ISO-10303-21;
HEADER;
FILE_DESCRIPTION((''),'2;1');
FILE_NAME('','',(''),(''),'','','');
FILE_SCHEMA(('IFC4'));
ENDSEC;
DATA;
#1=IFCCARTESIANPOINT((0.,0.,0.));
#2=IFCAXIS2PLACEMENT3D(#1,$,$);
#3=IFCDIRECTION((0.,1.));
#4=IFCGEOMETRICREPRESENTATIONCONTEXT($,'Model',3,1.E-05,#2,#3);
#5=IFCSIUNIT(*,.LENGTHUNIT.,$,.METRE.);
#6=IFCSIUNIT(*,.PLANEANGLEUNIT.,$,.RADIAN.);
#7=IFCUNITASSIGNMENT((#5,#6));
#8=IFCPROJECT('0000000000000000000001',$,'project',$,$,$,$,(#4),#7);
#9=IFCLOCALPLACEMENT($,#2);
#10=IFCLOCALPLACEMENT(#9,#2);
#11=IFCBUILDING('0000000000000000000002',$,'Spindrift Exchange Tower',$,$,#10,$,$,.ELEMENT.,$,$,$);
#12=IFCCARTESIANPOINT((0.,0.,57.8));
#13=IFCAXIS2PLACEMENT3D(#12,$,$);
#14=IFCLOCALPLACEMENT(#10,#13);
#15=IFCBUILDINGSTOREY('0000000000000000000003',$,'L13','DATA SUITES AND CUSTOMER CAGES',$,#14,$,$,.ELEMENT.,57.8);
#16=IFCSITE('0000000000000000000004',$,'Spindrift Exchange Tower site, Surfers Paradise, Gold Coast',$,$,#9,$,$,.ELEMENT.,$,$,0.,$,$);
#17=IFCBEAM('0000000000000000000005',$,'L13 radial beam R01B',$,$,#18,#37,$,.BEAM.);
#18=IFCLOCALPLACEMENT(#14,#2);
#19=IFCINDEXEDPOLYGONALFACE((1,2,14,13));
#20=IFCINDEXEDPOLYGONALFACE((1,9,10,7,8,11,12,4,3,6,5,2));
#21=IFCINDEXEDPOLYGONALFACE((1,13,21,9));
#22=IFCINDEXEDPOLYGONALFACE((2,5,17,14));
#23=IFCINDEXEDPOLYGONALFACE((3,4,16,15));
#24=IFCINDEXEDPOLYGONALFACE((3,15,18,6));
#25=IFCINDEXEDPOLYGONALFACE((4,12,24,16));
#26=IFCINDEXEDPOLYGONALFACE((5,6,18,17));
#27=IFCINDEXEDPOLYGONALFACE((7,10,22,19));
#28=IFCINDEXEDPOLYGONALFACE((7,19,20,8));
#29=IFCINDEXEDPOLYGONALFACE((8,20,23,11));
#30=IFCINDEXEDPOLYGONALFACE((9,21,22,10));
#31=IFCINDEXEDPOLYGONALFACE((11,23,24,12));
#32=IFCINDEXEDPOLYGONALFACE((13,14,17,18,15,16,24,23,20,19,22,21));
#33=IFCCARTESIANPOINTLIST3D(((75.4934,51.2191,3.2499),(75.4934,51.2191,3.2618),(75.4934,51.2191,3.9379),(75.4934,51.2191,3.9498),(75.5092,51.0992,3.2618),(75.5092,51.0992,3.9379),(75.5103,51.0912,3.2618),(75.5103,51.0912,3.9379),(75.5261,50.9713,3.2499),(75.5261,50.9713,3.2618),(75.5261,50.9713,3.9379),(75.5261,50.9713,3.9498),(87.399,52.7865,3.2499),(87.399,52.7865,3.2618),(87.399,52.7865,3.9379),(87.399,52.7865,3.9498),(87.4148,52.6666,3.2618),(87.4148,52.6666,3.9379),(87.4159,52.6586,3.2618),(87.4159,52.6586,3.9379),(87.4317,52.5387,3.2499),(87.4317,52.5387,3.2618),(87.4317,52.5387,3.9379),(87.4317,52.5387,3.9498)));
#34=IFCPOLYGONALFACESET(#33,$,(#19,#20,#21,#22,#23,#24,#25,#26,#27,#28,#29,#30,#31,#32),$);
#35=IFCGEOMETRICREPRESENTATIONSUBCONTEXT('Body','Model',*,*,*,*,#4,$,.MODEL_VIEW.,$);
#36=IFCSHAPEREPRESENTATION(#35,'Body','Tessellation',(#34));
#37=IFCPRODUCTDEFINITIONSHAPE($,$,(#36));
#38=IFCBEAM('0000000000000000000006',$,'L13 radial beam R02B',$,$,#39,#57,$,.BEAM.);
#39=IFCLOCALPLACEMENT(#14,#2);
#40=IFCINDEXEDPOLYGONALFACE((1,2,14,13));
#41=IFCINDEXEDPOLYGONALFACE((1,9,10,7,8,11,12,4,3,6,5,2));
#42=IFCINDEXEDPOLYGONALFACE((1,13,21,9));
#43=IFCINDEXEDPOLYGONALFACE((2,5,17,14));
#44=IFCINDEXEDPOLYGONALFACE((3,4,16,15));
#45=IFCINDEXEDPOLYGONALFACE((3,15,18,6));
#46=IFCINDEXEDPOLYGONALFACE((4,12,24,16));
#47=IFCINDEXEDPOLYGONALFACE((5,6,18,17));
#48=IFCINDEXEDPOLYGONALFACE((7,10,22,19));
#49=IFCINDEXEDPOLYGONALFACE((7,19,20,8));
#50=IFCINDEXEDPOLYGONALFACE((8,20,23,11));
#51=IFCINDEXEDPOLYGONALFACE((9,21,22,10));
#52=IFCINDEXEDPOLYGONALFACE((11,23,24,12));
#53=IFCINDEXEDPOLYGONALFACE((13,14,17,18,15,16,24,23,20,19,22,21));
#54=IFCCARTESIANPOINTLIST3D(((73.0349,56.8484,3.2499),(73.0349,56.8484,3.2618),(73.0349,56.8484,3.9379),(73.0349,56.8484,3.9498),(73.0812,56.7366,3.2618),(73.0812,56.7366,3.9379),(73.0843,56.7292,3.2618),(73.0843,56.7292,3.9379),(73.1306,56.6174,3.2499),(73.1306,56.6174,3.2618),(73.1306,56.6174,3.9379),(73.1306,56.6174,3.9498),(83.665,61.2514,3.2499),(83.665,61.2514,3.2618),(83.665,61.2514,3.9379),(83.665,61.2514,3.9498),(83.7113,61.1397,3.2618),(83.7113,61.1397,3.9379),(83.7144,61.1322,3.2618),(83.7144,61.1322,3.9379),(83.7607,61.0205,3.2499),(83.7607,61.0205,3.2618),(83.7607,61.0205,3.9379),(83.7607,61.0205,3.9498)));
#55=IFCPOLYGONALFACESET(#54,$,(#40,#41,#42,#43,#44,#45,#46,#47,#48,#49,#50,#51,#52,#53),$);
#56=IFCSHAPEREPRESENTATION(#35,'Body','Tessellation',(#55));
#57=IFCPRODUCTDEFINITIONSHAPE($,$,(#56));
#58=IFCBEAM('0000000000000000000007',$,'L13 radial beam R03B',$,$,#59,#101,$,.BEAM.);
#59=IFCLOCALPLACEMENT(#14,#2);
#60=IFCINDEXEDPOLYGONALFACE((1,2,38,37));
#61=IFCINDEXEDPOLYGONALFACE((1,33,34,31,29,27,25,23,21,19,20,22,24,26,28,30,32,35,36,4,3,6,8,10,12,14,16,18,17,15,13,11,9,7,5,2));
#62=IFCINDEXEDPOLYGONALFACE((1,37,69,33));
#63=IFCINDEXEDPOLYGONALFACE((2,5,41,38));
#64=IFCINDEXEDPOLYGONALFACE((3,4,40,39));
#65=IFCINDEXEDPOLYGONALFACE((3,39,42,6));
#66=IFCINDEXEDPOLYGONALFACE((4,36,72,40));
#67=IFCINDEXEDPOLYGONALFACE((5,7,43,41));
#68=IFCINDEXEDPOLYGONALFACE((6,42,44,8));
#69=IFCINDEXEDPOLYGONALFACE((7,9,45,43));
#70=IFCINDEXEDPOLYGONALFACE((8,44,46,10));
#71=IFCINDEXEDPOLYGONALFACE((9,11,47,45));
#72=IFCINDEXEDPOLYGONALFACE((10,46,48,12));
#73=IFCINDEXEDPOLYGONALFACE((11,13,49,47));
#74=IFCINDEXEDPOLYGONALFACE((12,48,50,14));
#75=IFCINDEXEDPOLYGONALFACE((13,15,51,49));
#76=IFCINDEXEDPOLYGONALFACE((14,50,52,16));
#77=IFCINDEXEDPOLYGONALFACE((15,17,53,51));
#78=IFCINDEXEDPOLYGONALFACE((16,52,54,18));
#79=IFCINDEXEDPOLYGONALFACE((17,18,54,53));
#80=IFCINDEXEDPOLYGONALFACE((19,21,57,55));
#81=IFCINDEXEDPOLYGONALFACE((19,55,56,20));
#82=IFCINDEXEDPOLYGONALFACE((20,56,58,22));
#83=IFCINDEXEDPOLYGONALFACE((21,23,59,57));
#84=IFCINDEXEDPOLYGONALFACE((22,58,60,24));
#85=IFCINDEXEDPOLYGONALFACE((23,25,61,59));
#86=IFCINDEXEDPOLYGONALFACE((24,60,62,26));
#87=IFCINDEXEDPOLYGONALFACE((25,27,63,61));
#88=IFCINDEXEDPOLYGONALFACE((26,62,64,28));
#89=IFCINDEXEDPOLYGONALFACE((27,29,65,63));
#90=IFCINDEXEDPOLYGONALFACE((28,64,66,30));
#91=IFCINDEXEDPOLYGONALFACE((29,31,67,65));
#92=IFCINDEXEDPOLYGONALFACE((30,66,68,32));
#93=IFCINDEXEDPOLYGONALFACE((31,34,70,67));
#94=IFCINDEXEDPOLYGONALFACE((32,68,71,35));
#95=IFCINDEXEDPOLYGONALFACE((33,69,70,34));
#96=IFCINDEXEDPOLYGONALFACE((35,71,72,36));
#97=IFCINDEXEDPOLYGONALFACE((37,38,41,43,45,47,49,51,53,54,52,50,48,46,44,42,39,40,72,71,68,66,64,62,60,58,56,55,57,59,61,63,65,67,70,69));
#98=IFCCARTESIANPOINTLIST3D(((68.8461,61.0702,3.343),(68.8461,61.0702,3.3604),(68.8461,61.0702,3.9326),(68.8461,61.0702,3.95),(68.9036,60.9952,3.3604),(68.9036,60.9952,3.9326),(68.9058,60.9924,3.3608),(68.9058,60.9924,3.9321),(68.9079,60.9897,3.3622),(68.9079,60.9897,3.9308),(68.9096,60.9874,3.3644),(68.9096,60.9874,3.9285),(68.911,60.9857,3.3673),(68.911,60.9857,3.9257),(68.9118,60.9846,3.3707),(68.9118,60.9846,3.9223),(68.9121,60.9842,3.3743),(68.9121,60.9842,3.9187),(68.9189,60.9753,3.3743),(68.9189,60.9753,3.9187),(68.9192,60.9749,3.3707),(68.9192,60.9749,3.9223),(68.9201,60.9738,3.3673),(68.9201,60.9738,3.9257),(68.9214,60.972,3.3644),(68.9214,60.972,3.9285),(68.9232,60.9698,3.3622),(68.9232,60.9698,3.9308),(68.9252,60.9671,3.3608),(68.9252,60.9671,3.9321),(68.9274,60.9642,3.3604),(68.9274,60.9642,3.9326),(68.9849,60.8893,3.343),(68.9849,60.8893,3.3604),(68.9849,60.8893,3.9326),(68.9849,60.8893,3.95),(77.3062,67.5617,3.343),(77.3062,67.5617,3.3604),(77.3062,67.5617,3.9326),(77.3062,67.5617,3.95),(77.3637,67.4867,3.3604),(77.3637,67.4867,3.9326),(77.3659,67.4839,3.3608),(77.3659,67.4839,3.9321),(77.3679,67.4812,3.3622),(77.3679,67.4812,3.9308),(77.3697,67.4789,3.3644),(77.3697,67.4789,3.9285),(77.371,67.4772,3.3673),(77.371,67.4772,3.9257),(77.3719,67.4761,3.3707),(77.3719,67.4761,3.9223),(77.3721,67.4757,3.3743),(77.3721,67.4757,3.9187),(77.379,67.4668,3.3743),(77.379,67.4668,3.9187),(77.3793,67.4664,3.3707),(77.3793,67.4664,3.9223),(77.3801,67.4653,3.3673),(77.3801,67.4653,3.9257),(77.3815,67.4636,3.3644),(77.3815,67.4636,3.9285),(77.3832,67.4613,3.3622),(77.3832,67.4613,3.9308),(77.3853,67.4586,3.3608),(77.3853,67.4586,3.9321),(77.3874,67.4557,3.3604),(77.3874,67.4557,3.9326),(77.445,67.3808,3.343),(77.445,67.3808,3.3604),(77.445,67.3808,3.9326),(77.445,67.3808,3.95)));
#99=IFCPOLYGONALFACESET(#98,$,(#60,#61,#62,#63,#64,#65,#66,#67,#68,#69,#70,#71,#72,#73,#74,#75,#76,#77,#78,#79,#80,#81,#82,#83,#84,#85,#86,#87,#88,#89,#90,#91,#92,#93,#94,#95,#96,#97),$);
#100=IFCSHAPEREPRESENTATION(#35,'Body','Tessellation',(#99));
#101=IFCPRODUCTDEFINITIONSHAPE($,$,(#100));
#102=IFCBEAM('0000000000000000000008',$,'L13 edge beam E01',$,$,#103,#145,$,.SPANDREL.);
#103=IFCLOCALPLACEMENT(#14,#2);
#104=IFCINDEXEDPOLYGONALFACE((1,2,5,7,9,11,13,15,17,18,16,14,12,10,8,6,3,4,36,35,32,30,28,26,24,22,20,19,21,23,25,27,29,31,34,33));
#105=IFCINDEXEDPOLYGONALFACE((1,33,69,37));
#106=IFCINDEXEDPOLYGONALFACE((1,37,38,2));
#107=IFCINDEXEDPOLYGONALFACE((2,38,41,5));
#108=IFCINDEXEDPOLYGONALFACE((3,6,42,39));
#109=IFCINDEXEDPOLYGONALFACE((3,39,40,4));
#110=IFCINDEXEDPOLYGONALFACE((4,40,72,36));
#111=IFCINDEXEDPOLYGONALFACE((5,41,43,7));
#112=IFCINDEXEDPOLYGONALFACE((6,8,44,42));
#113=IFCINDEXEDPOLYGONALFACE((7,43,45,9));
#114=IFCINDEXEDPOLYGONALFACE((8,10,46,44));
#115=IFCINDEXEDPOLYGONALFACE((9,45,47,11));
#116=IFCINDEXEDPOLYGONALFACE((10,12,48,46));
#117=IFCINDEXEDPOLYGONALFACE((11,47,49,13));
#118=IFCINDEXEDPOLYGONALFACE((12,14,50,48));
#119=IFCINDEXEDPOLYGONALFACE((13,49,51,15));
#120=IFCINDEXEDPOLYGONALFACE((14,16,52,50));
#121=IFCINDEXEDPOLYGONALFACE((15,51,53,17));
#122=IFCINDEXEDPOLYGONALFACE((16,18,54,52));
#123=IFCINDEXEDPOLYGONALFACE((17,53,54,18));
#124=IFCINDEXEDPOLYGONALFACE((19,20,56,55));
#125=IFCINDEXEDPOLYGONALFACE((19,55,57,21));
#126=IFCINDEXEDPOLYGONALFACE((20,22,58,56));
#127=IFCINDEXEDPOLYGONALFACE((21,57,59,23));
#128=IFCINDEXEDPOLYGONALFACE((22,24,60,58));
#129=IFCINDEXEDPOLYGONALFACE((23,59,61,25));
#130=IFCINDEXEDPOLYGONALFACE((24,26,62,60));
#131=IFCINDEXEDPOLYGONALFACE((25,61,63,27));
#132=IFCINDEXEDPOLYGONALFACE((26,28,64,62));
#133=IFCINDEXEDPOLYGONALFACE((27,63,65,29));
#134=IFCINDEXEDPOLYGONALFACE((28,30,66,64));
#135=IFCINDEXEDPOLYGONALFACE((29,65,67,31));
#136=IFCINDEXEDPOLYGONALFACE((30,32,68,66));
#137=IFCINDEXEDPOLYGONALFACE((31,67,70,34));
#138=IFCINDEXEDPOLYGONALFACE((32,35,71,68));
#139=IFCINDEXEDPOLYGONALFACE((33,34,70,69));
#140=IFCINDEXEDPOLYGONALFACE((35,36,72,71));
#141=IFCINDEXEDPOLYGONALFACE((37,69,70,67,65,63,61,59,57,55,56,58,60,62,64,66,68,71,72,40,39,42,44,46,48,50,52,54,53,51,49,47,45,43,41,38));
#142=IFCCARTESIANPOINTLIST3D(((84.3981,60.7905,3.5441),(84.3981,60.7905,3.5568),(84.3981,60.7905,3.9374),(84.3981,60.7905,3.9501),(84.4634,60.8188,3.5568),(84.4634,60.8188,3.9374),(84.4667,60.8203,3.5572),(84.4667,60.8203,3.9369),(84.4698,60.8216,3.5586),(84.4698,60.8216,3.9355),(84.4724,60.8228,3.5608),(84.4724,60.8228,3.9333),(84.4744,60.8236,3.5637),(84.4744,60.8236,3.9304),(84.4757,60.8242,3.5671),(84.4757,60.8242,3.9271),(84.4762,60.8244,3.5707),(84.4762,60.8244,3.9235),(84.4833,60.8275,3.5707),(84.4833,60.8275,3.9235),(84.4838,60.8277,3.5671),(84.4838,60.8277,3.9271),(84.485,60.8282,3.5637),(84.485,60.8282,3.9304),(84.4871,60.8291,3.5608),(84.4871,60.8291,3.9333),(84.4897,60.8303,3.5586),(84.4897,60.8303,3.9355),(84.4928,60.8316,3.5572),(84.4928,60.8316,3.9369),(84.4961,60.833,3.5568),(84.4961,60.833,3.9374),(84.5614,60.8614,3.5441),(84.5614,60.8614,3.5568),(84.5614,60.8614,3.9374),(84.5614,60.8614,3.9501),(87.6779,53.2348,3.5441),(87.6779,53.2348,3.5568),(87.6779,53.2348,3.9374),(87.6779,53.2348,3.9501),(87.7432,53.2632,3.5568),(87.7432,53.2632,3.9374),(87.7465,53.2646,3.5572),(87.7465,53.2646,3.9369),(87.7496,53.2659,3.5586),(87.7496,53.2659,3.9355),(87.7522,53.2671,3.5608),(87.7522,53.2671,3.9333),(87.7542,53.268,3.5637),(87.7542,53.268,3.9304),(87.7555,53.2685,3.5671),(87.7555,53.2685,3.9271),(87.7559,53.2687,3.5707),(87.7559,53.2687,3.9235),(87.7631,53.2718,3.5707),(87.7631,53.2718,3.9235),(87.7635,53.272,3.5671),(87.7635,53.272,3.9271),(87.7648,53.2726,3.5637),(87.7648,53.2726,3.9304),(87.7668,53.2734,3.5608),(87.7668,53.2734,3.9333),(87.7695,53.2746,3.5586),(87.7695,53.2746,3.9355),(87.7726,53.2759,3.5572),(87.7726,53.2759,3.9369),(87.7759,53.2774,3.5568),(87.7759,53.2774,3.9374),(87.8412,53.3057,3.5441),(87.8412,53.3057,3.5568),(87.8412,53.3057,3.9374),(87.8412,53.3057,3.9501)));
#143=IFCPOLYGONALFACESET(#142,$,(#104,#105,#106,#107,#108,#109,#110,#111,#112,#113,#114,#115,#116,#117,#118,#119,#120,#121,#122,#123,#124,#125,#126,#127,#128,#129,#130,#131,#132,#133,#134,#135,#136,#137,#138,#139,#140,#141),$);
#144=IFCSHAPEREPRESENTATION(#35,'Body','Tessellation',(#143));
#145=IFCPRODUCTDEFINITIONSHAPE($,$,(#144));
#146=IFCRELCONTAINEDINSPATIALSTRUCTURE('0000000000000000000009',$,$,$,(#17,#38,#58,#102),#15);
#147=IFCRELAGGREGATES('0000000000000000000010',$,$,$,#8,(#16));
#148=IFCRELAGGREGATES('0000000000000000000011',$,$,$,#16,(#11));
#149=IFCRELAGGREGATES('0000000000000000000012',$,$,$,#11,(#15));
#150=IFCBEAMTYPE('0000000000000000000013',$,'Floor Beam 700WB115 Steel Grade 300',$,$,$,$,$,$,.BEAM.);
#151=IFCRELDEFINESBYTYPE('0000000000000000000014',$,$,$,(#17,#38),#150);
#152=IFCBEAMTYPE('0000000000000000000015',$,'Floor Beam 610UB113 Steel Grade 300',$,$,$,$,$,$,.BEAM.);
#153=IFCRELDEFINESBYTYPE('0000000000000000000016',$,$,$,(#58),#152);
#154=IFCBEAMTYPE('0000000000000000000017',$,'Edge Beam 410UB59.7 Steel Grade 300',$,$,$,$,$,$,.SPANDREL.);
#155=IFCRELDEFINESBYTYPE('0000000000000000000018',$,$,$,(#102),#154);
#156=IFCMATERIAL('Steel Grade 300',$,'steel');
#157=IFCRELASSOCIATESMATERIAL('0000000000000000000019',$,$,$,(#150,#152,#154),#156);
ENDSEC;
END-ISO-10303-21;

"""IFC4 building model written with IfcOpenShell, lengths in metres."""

from ifc_helpers import new_model, si_unit, direction, frame, origin, origin_2d, place, context, subcontext, project, spatial, i_section, extrude, source, transform, mapped, material, material_profile, profile_set, type_object, element, save


model = new_model("IFC4")

# Units and contexts
model_context = context("Model", 3, precision=1e-05, world=origin(), true_north=direction((0.0, 1.0)))
body_context = subcontext(model_context, "Body", "Model", "MODEL_VIEW")
ifc_project = project(units=[si_unit("LENGTHUNIT", "METRE"), si_unit("PLANEANGLEUNIT", "RADIAN")], contexts=[model_context])

# Site, building, storey
site_placement = place(None, origin())
site = spatial("IfcSite", under=ifc_project, at=site_placement, Name="Spindrift Exchange Tower site, Surfers Paradise, Gold Coast", CompositionType="ELEMENT", RefElevation=0.0)
building_placement = place(site_placement, origin())
building = spatial("IfcBuilding", under=site, at=building_placement, Name="Spindrift Exchange Tower", CompositionType="ELEMENT")
storey_placement = place(building_placement, frame((0.0, 0.0, 57.8)))
storey = spatial("IfcBuildingStorey", under=building, at=storey_placement, Name="L13", Description="DATA SUITES AND CUSTOMER CAGES", CompositionType="ELEMENT", Elevation=57.8)

# Beams
ifc_material_1 = material(Name="Steel Grade 300", Category="steel")
ifc_material_profile_1 = material_profile(ifc_material_1, i_section(OverallWidth=0.25, OverallDepth=0.7, WebThickness=0.0081, FlangeThickness=0.012, at=origin_2d()), Name="700WB115")
ifc_profile_set_1 = profile_set([ifc_material_profile_1], Name="Steel Grade 300")
beam_type_1 = type_object("IfcBeamType", Name="Floor Beam 700WB115 Steel Grade 300", PredefinedType="BEAM", material=ifc_profile_set_1)
shared_shape_1 = source(origin(), body_context, "Body", "SweptSolid", [
    extrude(i_section(OverallWidth=0.25, OverallDepth=0.7, WebThickness=0.0081, FlangeThickness=0.012, at=origin_2d()), origin(), (0.0, 0.0, 1.0), 12.0083),
])
beam_1_placement = place(storey_placement, frame((75.5098, 51.0952, 3.5999), z_axis=(0.991445, 0.130526, 0.0), x_axis=(-0.130526, 0.991445, 0.0)))
element("IfcBeam", 1, at=beam_1_placement, inside=storey, type_object=beam_type_1, Name="L13 radial beam R01B", PredefinedType="BEAM", context=body_context, shape_type="MappedRepresentation", body=[
    mapped(shared_shape_1, transform((0.0, 0.0, 0.0), scale=1.0)),
])
shared_shape_2 = source(origin(), body_context, "Body", "SweptSolid", [
    extrude(i_section(OverallWidth=0.25, OverallDepth=0.7, WebThickness=0.0081, FlangeThickness=0.012, at=origin_2d()), origin(), (0.0, 0.0, 1.0), 11.5059),
])
beam_2_placement = place(storey_placement, frame((73.0828, 56.7329, 3.5999), z_axis=(0.923882, 0.382678, 0.0), x_axis=(-0.382678, 0.923882, 0.0)))
element("IfcBeam", 2, at=beam_2_placement, inside=storey, type_object=beam_type_1, Name="L13 radial beam R02B", PredefinedType="BEAM", context=body_context, shape_type="MappedRepresentation", body=[
    mapped(shared_shape_2, transform((0.0, 0.0, 0.0), scale=1.0)),
])
ifc_material_profile_2 = material_profile(ifc_material_1, i_section(OverallWidth=0.228, OverallDepth=0.6069, WebThickness=0.0112, FlangeThickness=0.0173, FilletRadius=0.0139, at=origin_2d()), Name="610UB113")
ifc_profile_set_2 = profile_set([ifc_material_profile_2], Name="Steel Grade 300")
beam_type_2 = type_object("IfcBeamType", Name="Floor Beam 610UB113 Steel Grade 300", PredefinedType="BEAM", material=ifc_profile_set_2)
shared_shape_3 = source(origin(), body_context, "Body", "SweptSolid", [
    extrude(i_section(OverallWidth=0.228, OverallDepth=0.6069, WebThickness=0.0112, FlangeThickness=0.0173, FilletRadius=0.0139, at=origin_2d()), origin(), (0.0, 0.0, 1.0), 10.6636),
])
beam_3_placement = place(storey_placement, frame((68.9155, 60.9797, 3.6465), z_axis=(0.793358, 0.608755, 0.0), x_axis=(-0.608755, 0.793358, 0.0)))
element("IfcBeam", 3, at=beam_3_placement, inside=storey, type_object=beam_type_2, Name="L13 radial beam R03B", PredefinedType="BEAM", context=body_context, shape_type="MappedRepresentation", body=[
    mapped(shared_shape_3, transform((0.0, 0.0, 0.0), scale=1.0)),
])
ifc_material_profile_3 = material_profile(ifc_material_1, i_section(OverallWidth=0.178, OverallDepth=0.406, WebThickness=0.0078, FlangeThickness=0.0127, FilletRadius=0.0139, at=origin_2d()), Name="410UB59.7")
ifc_profile_set_3 = profile_set([ifc_material_profile_3], Name="Steel Grade 300")
beam_type_3 = type_object("IfcBeamType", Name="Edge Beam 410UB59.7 Steel Grade 300", PredefinedType="SPANDREL", material=ifc_profile_set_3)
shared_shape_4 = source(origin(), body_context, "Body", "SweptSolid", [
    extrude(i_section(OverallWidth=0.178, OverallDepth=0.406, WebThickness=0.0078, FlangeThickness=0.0127, FilletRadius=0.0139, at=origin_2d()), origin(), (0.0, 0.0, 1.0), 8.2368),
])
beam_4_placement = place(storey_placement, frame((87.7595, 53.2703, 3.7471), z_axis=(-0.398186, 0.917305, 0.0), x_axis=(-0.917305, -0.398186, 0.0)))
element("IfcBeam", 4, at=beam_4_placement, inside=storey, type_object=beam_type_3, Name="L13 edge beam E01", PredefinedType="SPANDREL", context=body_context, shape_type="MappedRepresentation", body=[
    mapped(shared_shape_4, transform((0.0, 0.0, 0.0), scale=1.0)),
])

save(model, "model.ifc")
